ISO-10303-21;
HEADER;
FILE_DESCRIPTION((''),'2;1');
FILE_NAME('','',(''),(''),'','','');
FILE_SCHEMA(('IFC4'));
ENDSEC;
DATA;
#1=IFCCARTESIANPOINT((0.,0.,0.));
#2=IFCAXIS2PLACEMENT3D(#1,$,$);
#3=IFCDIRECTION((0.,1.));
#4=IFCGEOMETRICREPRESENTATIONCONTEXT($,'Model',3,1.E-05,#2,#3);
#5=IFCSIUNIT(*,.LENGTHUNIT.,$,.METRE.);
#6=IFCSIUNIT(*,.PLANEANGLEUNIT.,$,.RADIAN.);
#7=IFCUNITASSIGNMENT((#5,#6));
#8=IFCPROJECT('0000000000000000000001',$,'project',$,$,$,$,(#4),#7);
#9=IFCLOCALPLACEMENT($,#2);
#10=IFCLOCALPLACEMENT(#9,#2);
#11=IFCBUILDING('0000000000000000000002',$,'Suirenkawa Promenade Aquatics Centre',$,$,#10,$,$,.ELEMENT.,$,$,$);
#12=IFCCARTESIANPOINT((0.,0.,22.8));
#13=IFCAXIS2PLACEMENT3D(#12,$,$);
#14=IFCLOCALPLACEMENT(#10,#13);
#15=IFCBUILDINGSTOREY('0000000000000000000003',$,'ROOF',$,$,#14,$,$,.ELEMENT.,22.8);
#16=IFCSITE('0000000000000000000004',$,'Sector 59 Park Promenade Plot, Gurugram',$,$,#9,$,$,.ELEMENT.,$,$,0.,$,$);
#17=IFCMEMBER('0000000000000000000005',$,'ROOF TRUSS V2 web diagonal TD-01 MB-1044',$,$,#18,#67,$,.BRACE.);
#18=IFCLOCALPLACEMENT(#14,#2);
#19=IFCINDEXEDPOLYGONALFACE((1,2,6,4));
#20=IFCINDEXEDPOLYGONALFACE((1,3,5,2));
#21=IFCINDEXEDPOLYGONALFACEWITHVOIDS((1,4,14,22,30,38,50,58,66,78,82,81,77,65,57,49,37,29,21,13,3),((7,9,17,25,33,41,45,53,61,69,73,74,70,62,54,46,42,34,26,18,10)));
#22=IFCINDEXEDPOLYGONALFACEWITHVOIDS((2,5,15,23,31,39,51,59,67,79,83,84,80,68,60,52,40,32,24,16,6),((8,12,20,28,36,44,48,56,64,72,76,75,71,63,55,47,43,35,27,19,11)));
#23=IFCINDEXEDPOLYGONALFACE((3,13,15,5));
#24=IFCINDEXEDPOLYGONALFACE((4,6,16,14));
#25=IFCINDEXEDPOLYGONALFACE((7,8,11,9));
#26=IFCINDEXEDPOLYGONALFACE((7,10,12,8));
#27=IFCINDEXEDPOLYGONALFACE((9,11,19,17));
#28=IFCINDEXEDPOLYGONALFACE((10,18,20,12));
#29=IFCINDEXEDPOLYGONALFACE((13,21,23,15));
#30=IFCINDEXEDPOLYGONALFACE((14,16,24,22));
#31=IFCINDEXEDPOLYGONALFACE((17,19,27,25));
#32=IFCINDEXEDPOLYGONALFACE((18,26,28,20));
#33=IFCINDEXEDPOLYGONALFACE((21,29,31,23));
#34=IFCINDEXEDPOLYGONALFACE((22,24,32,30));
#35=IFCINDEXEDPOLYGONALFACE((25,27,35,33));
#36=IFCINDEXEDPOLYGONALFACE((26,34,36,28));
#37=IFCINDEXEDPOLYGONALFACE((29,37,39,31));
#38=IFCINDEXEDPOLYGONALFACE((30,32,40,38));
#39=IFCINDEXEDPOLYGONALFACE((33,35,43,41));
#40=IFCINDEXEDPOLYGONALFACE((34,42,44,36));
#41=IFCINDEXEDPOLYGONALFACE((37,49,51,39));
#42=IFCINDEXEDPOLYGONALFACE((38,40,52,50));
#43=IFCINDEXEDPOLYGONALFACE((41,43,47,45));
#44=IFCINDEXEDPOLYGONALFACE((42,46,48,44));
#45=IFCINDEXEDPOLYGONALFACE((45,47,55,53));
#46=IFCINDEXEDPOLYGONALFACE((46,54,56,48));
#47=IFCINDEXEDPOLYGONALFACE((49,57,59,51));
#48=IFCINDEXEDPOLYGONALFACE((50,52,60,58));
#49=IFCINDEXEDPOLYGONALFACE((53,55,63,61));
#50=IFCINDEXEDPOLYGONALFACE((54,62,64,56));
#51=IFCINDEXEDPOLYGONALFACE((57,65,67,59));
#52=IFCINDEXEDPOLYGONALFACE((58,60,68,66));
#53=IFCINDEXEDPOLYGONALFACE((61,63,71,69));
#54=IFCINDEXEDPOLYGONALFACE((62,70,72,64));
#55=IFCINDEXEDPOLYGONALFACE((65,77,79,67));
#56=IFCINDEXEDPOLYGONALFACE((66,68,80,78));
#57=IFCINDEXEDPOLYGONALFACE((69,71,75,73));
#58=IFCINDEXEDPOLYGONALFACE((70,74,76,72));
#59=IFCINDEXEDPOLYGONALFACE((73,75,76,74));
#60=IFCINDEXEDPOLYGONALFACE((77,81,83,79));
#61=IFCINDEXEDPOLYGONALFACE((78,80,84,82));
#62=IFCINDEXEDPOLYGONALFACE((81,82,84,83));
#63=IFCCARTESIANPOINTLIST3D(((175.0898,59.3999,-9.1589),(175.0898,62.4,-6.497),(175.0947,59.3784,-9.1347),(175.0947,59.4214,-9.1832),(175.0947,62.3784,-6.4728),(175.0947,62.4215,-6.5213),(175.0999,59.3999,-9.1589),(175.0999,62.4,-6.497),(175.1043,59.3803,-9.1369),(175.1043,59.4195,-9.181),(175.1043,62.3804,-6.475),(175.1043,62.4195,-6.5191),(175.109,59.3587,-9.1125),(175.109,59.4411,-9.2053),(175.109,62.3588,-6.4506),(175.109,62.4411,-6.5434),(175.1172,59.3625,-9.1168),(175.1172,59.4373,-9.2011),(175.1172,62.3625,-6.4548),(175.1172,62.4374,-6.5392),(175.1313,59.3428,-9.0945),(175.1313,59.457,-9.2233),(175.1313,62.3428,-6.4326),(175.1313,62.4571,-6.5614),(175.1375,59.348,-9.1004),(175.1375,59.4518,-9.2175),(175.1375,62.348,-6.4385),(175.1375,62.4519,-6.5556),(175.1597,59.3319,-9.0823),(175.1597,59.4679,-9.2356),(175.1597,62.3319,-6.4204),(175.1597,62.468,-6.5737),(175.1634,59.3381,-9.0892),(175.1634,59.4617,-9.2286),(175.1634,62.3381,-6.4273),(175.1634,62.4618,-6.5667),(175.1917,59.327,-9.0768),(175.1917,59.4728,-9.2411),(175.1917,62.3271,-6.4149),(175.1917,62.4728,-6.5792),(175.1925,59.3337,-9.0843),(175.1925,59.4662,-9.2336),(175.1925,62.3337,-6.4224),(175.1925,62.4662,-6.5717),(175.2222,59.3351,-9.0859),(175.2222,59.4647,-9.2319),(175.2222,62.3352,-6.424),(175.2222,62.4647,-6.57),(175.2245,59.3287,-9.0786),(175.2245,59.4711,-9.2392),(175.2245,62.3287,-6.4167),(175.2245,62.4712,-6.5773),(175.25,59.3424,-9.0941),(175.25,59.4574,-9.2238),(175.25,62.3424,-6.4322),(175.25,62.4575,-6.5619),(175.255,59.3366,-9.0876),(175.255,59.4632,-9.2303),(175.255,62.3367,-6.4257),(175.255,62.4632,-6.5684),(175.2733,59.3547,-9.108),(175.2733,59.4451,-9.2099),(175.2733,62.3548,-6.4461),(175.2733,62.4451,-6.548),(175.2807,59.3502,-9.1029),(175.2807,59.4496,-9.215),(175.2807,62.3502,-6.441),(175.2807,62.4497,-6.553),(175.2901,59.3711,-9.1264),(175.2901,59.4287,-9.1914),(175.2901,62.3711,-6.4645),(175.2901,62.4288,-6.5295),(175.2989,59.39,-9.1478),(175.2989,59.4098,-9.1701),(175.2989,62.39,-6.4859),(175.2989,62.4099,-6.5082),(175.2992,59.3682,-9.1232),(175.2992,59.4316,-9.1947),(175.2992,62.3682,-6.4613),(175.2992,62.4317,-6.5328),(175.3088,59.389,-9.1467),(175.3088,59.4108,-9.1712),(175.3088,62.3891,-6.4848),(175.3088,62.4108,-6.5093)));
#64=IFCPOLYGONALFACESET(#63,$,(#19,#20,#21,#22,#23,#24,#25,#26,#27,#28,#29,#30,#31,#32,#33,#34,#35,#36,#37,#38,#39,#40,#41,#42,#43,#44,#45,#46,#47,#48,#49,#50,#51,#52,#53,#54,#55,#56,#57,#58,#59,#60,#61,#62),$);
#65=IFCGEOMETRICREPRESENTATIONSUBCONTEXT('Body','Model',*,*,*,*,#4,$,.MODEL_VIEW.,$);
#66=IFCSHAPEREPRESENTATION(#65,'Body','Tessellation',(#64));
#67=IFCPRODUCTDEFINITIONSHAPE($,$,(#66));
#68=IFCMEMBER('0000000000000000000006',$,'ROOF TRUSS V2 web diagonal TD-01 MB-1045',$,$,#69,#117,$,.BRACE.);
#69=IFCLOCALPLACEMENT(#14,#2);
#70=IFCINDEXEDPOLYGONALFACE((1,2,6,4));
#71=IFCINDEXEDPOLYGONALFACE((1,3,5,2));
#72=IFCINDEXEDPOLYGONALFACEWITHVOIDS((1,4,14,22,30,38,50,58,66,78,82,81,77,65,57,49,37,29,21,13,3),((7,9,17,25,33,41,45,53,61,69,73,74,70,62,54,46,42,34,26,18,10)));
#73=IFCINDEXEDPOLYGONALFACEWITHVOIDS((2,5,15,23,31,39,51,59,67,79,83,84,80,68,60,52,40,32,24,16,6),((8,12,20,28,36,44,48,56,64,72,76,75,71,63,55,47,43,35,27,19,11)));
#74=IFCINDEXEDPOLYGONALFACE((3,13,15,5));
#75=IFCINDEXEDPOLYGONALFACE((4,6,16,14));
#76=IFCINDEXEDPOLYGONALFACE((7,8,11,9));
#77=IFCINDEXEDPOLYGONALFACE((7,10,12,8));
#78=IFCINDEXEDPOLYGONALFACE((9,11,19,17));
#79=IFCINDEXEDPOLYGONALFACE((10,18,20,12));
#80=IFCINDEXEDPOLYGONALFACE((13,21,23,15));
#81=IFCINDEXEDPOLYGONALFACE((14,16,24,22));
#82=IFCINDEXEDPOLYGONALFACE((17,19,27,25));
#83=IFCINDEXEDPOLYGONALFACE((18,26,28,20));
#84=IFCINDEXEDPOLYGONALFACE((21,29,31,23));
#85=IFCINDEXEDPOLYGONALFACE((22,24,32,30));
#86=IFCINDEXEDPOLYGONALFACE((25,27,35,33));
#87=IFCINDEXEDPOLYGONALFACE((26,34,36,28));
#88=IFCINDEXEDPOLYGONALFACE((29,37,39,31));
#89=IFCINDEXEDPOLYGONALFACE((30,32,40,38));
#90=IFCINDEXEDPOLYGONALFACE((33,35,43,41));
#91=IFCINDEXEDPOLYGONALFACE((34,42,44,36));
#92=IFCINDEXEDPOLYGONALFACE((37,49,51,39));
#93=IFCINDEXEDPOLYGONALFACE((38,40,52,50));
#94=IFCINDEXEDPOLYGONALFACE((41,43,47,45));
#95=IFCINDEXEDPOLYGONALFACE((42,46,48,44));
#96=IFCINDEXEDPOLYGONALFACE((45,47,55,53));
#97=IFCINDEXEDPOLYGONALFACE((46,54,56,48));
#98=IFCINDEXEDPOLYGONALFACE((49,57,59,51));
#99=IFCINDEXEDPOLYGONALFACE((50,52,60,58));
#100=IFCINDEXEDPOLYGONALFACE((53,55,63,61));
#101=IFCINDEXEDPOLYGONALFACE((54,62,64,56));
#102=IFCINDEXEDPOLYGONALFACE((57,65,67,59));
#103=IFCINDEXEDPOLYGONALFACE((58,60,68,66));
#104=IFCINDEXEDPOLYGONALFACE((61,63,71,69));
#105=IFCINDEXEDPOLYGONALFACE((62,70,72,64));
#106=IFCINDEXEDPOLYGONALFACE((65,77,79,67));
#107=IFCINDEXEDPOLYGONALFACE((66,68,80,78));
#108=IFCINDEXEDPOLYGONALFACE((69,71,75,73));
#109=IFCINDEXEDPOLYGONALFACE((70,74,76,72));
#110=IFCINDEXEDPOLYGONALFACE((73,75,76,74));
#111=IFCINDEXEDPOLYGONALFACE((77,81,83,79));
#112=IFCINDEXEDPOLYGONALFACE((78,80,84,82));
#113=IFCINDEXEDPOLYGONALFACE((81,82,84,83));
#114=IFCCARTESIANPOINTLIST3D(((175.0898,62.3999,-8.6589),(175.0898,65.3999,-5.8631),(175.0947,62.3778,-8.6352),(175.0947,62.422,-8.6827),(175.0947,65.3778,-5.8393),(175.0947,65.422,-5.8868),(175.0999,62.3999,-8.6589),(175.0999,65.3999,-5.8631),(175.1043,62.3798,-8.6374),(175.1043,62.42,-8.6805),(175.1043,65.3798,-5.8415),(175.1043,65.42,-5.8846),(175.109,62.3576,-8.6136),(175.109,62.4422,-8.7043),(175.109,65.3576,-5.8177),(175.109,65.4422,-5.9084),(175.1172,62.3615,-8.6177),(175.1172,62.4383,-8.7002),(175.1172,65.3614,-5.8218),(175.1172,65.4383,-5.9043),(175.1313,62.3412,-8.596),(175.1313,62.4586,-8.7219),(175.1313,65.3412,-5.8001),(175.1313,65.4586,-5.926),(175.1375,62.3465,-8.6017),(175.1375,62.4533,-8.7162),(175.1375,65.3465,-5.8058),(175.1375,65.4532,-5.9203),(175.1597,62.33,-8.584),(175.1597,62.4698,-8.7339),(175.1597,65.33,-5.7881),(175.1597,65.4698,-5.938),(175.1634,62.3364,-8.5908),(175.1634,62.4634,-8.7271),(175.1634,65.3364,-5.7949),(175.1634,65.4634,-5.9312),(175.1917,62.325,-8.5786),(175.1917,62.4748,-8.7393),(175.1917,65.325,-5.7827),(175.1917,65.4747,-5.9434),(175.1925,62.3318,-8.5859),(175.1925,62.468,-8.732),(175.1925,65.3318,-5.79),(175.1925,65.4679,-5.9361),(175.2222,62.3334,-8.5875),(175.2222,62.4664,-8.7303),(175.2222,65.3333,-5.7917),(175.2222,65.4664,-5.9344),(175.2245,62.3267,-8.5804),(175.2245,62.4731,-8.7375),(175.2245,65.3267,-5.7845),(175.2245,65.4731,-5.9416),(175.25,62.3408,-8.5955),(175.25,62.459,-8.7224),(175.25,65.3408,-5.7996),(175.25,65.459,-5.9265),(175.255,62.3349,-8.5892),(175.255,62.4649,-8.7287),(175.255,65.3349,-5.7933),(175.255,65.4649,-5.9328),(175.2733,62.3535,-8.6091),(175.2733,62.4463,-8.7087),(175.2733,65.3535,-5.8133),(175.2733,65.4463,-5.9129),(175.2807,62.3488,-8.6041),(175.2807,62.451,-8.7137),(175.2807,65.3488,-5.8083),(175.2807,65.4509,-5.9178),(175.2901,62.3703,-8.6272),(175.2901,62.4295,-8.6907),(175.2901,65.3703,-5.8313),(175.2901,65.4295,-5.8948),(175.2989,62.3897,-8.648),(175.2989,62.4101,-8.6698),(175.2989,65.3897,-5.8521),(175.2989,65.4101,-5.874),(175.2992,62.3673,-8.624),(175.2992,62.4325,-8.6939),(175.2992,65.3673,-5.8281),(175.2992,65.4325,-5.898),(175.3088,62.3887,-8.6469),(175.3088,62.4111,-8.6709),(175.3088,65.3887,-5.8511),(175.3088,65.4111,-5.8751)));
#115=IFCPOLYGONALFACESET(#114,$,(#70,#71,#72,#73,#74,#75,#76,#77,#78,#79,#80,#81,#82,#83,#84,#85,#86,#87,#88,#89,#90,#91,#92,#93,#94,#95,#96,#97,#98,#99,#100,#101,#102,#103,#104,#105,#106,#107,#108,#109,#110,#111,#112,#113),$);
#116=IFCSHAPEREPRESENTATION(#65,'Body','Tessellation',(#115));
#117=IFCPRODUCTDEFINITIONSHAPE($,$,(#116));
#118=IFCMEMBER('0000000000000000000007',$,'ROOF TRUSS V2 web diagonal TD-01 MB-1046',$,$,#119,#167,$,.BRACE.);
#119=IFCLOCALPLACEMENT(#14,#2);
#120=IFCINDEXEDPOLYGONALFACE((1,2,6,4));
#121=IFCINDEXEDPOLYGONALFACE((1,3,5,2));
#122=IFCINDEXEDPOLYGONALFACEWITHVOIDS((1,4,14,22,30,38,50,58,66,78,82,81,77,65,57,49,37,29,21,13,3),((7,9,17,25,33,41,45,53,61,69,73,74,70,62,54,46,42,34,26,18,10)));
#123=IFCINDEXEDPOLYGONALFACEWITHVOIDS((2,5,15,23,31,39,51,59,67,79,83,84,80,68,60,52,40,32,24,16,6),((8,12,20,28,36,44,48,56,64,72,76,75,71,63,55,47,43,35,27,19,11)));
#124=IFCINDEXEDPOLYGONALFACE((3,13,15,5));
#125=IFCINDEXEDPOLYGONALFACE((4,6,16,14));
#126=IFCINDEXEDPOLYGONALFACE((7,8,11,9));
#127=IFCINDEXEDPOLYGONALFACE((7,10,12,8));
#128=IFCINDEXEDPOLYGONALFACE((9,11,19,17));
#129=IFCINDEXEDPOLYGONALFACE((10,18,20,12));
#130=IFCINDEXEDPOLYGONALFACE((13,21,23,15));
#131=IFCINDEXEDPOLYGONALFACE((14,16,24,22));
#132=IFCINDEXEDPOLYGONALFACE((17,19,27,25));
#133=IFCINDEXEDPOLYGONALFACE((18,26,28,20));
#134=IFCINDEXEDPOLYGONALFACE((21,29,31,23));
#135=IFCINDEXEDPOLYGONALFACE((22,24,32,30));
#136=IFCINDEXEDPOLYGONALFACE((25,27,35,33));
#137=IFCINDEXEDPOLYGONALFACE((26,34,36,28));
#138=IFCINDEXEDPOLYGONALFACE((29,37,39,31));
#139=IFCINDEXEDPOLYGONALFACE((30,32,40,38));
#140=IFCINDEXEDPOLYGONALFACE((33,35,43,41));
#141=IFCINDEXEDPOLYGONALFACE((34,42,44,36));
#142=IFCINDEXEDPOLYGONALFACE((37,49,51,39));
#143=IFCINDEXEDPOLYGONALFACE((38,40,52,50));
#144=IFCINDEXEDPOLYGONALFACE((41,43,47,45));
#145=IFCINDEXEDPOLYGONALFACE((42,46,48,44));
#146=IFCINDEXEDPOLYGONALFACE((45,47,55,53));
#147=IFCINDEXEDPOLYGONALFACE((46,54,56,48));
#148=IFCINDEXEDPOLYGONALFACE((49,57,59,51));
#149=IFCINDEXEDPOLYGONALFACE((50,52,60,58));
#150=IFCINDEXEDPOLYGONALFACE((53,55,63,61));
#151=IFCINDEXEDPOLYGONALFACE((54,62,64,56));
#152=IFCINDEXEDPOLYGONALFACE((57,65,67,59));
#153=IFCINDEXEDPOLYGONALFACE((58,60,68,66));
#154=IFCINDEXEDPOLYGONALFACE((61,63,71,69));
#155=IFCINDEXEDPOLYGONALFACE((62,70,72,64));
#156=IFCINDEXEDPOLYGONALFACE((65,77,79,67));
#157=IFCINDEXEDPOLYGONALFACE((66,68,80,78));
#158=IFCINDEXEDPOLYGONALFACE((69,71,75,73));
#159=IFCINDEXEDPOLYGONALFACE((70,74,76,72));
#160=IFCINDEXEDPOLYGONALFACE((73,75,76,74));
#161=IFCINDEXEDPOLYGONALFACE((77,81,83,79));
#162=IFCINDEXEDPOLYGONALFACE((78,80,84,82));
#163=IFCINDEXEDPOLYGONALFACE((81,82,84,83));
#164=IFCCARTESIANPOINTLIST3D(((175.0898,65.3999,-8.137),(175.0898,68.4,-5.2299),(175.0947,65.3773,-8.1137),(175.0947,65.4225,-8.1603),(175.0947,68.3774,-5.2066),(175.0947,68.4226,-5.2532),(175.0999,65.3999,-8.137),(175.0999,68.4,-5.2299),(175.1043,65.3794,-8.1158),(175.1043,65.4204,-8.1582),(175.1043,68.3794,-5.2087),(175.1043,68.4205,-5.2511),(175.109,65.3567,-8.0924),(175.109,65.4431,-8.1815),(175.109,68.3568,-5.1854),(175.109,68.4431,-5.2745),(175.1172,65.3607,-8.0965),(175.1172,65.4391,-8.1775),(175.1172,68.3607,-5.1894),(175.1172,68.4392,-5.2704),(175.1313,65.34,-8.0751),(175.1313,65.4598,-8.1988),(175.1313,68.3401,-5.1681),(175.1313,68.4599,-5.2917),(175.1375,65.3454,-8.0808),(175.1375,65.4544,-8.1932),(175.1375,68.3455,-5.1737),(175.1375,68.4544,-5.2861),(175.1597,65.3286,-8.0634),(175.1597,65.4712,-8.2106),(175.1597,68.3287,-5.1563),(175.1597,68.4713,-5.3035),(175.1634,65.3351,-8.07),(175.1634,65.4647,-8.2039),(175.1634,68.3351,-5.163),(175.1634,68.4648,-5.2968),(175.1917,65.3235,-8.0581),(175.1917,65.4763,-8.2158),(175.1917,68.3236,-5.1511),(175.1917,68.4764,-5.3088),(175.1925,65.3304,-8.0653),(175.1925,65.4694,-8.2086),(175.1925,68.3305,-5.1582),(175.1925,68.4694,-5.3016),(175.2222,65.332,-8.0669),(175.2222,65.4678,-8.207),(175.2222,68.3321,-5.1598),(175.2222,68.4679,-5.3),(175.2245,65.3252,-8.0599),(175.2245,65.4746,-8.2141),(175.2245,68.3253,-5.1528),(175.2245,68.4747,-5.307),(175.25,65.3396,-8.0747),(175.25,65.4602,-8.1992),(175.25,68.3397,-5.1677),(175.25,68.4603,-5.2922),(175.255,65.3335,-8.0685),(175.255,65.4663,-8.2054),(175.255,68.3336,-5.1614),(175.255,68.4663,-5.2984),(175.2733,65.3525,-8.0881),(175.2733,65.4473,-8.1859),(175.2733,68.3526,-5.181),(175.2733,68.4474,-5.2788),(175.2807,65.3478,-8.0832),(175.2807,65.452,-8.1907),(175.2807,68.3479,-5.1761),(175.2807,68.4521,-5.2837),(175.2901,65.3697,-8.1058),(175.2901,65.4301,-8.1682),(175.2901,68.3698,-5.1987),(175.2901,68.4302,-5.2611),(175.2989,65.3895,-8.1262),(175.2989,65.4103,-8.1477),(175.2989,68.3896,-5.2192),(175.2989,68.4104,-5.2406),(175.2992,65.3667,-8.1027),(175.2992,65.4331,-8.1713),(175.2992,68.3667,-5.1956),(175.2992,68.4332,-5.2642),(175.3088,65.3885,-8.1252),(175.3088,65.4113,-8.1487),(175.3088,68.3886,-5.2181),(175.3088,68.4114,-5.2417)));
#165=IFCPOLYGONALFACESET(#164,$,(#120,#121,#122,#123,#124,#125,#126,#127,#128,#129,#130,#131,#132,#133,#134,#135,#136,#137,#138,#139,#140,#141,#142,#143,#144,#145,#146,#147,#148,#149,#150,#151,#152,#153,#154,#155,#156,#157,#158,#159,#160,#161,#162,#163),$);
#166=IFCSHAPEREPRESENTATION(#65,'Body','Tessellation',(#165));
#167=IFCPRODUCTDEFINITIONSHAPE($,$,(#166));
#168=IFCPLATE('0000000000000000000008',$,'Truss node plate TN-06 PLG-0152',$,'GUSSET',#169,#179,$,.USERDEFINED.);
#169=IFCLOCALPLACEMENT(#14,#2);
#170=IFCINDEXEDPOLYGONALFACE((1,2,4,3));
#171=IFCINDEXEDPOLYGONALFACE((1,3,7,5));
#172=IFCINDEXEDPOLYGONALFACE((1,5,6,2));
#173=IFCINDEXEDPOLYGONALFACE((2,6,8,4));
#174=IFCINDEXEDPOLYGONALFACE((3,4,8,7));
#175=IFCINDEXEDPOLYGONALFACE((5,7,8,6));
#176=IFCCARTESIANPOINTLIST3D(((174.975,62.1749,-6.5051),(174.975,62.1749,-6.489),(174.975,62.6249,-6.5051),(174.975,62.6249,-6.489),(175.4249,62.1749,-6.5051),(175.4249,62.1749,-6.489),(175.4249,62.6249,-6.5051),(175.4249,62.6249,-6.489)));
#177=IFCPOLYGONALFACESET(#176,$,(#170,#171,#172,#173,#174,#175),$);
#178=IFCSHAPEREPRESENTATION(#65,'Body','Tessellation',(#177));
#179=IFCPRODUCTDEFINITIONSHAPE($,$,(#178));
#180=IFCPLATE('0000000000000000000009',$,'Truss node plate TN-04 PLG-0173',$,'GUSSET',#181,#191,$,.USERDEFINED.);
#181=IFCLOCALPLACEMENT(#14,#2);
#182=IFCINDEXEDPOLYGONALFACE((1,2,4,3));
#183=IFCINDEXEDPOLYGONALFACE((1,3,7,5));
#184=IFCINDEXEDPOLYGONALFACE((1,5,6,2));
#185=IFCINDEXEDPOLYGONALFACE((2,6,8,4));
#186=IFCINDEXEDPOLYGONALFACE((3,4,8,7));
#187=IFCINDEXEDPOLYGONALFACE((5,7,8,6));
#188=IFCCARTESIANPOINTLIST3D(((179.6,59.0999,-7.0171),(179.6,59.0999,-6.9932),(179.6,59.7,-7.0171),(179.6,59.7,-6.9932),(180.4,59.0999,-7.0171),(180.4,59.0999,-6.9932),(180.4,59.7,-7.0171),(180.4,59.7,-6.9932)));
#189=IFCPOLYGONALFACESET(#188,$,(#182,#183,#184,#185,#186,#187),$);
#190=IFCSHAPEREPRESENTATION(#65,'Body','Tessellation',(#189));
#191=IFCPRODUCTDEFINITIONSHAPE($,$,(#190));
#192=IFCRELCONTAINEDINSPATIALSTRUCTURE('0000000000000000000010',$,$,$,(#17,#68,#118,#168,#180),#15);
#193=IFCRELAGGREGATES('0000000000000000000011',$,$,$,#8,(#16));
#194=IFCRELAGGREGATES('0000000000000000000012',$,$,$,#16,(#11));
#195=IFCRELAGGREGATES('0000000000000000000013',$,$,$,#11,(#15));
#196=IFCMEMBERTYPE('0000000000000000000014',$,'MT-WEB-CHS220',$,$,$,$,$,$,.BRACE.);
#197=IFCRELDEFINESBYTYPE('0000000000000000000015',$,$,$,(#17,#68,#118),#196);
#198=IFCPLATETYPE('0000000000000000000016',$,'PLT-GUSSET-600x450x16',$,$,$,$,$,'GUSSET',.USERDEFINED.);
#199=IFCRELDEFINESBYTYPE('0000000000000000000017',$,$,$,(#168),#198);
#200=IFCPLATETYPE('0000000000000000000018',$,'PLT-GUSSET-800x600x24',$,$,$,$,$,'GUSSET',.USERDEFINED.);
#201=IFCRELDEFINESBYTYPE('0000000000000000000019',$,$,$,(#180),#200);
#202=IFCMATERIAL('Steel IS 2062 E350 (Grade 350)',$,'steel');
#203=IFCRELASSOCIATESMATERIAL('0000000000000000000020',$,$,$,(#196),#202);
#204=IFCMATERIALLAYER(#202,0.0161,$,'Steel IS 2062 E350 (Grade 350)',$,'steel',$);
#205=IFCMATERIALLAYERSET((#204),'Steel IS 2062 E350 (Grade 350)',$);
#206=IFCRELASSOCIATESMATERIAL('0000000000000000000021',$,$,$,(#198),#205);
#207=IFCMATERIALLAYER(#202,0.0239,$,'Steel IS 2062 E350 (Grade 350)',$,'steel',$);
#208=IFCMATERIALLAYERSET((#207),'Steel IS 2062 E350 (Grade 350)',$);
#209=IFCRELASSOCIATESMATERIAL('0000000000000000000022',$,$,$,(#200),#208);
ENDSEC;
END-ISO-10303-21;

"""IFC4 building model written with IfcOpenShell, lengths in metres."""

from ifc_helpers import new_model, si_unit, direction, frame, origin, origin_2d, place, context, subcontext, project, spatial, rectangle, hollow_circle, extrude, material, layer, layer_set, material_profile, profile_set, type_object, element, save


model = new_model("IFC4")

# Units and contexts
model_context = context("Model", 3, precision=1e-05, world=origin(), true_north=direction((0.0, 1.0)))
body_context = subcontext(model_context, "Body", "Model", "MODEL_VIEW")
ifc_project = project(units=[si_unit("LENGTHUNIT", "METRE"), si_unit("PLANEANGLEUNIT", "RADIAN")], contexts=[model_context])

# Site, building, storey
site_placement = place(None, origin())
site = spatial("IfcSite", under=ifc_project, at=site_placement, Name="Sector 59 Park Promenade Plot, Gurugram", CompositionType="ELEMENT", RefElevation=0.0)
building_placement = place(site_placement, origin())
building = spatial("IfcBuilding", under=site, at=building_placement, Name="Suirenkawa Promenade Aquatics Centre", CompositionType="ELEMENT")
storey_placement = place(building_placement, frame((0.0, 0.0, 22.8)))
storey = spatial("IfcBuildingStorey", under=building, at=storey_placement, Name="ROOF", CompositionType="ELEMENT", Elevation=22.8)

# Shared definitions
ifc_material = material(Name="Steel IS 2062 E350 (Grade 350)", Category="steel")

# Members
ifc_material_profile_1 = material_profile(ifc_material, hollow_circle(Radius=0.1101, WallThickness=0.01, at=origin_2d()), Name="CHS 220x10", Category="steel")
ifc_profile_set_1 = profile_set([ifc_material_profile_1], Name="Steel IS 2062 E350 (Grade 350)")
member_type_1 = type_object("IfcMemberType", Name="MT-WEB-CHS220", PredefinedType="BRACE", material=ifc_profile_set_1)
member_1_placement = place(storey_placement, frame((175.2, 59.3999, -9.1589), z_axis=(0.0, 0.748003, 0.663695), x_axis=(-1.0, 0.0, 0.0)))
element("IfcMember", 1, at=member_1_placement, inside=storey, type_object=member_type_1, Name="ROOF TRUSS V2 web diagonal TD-01 MB-1044", PredefinedType="BRACE", context=body_context, shape_type="SweptSolid", body=[
    extrude(hollow_circle(Radius=0.1101, WallThickness=0.01, at=origin_2d()), origin(), (0.0, 0.0, 1.0), 4.0107),
])
member_2_placement = place(storey_placement, frame((175.2, 62.3999, -8.6589), z_axis=(0.0, 0.731554, 0.681784), x_axis=(-1.0, 0.0, 0.0)))
element("IfcMember", 2, at=member_2_placement, inside=storey, type_object=member_type_1, Name="ROOF TRUSS V2 web diagonal TD-01 MB-1045", PredefinedType="BRACE", context=body_context, shape_type="SweptSolid", body=[
    extrude(hollow_circle(Radius=0.1101, WallThickness=0.01, at=origin_2d()), origin(), (0.0, 0.0, 1.0), 4.1008),
])
member_3_placement = place(storey_placement, frame((175.2, 65.3999, -8.137), z_axis=(0.0, 0.718153, 0.695886), x_axis=(-1.0, 0.0, 0.0)))
element("IfcMember", 3, at=member_3_placement, inside=storey, type_object=member_type_1, Name="ROOF TRUSS V2 web diagonal TD-01 MB-1046", PredefinedType="BRACE", context=body_context, shape_type="SweptSolid", body=[
    extrude(hollow_circle(Radius=0.1101, WallThickness=0.01, at=origin_2d()), origin(), (0.0, 0.0, 1.0), 4.1775),
])

# Plates
ifc_layer_1 = layer(ifc_material, 0.0161, Name="Steel IS 2062 E350 (Grade 350)", Category="steel")
ifc_layer_set_1 = layer_set([ifc_layer_1], Name="Steel IS 2062 E350 (Grade 350)")
plate_type_1 = type_object("IfcPlateType", Name="PLT-GUSSET-600x450x16", ElementType="GUSSET", PredefinedType="USERDEFINED", material=ifc_layer_set_1)
plate_1_placement = place(storey_placement, frame((175.2, 62.3999, -6.5051), z_axis=(0.0, 0.0, 1.0), x_axis=(1.0, 0.0, 0.0)))
element("IfcPlate", 4, at=plate_1_placement, inside=storey, type_object=plate_type_1, Name="Truss node plate TN-06 PLG-0152", ObjectType="GUSSET", PredefinedType="USERDEFINED", context=body_context, shape_type="SweptSolid", body=[
    extrude(rectangle(XDim=0.45, YDim=0.45, at=origin_2d()), origin(), (0.0, 0.0, 1.0), 0.0161),
])
ifc_layer_2 = layer(ifc_material, 0.0239, Name="Steel IS 2062 E350 (Grade 350)", Category="steel")
ifc_layer_set_2 = layer_set([ifc_layer_2], Name="Steel IS 2062 E350 (Grade 350)")
plate_type_2 = type_object("IfcPlateType", Name="PLT-GUSSET-800x600x24", ElementType="GUSSET", PredefinedType="USERDEFINED", material=ifc_layer_set_2)
plate_2_placement = place(storey_placement, frame((180.0, 59.3999, -7.0171), z_axis=(0.0, 0.0, 1.0), x_axis=(1.0, 0.0, 0.0)))
element("IfcPlate", 5, at=plate_2_placement, inside=storey, type_object=plate_type_2, Name="Truss node plate TN-04 PLG-0173", ObjectType="GUSSET", PredefinedType="USERDEFINED", context=body_context, shape_type="SweptSolid", body=[
    extrude(rectangle(XDim=0.8, YDim=0.6001, at=origin_2d()), origin(), (0.0, 0.0, 1.0), 0.0239),
])

save(model, "model.ifc")
